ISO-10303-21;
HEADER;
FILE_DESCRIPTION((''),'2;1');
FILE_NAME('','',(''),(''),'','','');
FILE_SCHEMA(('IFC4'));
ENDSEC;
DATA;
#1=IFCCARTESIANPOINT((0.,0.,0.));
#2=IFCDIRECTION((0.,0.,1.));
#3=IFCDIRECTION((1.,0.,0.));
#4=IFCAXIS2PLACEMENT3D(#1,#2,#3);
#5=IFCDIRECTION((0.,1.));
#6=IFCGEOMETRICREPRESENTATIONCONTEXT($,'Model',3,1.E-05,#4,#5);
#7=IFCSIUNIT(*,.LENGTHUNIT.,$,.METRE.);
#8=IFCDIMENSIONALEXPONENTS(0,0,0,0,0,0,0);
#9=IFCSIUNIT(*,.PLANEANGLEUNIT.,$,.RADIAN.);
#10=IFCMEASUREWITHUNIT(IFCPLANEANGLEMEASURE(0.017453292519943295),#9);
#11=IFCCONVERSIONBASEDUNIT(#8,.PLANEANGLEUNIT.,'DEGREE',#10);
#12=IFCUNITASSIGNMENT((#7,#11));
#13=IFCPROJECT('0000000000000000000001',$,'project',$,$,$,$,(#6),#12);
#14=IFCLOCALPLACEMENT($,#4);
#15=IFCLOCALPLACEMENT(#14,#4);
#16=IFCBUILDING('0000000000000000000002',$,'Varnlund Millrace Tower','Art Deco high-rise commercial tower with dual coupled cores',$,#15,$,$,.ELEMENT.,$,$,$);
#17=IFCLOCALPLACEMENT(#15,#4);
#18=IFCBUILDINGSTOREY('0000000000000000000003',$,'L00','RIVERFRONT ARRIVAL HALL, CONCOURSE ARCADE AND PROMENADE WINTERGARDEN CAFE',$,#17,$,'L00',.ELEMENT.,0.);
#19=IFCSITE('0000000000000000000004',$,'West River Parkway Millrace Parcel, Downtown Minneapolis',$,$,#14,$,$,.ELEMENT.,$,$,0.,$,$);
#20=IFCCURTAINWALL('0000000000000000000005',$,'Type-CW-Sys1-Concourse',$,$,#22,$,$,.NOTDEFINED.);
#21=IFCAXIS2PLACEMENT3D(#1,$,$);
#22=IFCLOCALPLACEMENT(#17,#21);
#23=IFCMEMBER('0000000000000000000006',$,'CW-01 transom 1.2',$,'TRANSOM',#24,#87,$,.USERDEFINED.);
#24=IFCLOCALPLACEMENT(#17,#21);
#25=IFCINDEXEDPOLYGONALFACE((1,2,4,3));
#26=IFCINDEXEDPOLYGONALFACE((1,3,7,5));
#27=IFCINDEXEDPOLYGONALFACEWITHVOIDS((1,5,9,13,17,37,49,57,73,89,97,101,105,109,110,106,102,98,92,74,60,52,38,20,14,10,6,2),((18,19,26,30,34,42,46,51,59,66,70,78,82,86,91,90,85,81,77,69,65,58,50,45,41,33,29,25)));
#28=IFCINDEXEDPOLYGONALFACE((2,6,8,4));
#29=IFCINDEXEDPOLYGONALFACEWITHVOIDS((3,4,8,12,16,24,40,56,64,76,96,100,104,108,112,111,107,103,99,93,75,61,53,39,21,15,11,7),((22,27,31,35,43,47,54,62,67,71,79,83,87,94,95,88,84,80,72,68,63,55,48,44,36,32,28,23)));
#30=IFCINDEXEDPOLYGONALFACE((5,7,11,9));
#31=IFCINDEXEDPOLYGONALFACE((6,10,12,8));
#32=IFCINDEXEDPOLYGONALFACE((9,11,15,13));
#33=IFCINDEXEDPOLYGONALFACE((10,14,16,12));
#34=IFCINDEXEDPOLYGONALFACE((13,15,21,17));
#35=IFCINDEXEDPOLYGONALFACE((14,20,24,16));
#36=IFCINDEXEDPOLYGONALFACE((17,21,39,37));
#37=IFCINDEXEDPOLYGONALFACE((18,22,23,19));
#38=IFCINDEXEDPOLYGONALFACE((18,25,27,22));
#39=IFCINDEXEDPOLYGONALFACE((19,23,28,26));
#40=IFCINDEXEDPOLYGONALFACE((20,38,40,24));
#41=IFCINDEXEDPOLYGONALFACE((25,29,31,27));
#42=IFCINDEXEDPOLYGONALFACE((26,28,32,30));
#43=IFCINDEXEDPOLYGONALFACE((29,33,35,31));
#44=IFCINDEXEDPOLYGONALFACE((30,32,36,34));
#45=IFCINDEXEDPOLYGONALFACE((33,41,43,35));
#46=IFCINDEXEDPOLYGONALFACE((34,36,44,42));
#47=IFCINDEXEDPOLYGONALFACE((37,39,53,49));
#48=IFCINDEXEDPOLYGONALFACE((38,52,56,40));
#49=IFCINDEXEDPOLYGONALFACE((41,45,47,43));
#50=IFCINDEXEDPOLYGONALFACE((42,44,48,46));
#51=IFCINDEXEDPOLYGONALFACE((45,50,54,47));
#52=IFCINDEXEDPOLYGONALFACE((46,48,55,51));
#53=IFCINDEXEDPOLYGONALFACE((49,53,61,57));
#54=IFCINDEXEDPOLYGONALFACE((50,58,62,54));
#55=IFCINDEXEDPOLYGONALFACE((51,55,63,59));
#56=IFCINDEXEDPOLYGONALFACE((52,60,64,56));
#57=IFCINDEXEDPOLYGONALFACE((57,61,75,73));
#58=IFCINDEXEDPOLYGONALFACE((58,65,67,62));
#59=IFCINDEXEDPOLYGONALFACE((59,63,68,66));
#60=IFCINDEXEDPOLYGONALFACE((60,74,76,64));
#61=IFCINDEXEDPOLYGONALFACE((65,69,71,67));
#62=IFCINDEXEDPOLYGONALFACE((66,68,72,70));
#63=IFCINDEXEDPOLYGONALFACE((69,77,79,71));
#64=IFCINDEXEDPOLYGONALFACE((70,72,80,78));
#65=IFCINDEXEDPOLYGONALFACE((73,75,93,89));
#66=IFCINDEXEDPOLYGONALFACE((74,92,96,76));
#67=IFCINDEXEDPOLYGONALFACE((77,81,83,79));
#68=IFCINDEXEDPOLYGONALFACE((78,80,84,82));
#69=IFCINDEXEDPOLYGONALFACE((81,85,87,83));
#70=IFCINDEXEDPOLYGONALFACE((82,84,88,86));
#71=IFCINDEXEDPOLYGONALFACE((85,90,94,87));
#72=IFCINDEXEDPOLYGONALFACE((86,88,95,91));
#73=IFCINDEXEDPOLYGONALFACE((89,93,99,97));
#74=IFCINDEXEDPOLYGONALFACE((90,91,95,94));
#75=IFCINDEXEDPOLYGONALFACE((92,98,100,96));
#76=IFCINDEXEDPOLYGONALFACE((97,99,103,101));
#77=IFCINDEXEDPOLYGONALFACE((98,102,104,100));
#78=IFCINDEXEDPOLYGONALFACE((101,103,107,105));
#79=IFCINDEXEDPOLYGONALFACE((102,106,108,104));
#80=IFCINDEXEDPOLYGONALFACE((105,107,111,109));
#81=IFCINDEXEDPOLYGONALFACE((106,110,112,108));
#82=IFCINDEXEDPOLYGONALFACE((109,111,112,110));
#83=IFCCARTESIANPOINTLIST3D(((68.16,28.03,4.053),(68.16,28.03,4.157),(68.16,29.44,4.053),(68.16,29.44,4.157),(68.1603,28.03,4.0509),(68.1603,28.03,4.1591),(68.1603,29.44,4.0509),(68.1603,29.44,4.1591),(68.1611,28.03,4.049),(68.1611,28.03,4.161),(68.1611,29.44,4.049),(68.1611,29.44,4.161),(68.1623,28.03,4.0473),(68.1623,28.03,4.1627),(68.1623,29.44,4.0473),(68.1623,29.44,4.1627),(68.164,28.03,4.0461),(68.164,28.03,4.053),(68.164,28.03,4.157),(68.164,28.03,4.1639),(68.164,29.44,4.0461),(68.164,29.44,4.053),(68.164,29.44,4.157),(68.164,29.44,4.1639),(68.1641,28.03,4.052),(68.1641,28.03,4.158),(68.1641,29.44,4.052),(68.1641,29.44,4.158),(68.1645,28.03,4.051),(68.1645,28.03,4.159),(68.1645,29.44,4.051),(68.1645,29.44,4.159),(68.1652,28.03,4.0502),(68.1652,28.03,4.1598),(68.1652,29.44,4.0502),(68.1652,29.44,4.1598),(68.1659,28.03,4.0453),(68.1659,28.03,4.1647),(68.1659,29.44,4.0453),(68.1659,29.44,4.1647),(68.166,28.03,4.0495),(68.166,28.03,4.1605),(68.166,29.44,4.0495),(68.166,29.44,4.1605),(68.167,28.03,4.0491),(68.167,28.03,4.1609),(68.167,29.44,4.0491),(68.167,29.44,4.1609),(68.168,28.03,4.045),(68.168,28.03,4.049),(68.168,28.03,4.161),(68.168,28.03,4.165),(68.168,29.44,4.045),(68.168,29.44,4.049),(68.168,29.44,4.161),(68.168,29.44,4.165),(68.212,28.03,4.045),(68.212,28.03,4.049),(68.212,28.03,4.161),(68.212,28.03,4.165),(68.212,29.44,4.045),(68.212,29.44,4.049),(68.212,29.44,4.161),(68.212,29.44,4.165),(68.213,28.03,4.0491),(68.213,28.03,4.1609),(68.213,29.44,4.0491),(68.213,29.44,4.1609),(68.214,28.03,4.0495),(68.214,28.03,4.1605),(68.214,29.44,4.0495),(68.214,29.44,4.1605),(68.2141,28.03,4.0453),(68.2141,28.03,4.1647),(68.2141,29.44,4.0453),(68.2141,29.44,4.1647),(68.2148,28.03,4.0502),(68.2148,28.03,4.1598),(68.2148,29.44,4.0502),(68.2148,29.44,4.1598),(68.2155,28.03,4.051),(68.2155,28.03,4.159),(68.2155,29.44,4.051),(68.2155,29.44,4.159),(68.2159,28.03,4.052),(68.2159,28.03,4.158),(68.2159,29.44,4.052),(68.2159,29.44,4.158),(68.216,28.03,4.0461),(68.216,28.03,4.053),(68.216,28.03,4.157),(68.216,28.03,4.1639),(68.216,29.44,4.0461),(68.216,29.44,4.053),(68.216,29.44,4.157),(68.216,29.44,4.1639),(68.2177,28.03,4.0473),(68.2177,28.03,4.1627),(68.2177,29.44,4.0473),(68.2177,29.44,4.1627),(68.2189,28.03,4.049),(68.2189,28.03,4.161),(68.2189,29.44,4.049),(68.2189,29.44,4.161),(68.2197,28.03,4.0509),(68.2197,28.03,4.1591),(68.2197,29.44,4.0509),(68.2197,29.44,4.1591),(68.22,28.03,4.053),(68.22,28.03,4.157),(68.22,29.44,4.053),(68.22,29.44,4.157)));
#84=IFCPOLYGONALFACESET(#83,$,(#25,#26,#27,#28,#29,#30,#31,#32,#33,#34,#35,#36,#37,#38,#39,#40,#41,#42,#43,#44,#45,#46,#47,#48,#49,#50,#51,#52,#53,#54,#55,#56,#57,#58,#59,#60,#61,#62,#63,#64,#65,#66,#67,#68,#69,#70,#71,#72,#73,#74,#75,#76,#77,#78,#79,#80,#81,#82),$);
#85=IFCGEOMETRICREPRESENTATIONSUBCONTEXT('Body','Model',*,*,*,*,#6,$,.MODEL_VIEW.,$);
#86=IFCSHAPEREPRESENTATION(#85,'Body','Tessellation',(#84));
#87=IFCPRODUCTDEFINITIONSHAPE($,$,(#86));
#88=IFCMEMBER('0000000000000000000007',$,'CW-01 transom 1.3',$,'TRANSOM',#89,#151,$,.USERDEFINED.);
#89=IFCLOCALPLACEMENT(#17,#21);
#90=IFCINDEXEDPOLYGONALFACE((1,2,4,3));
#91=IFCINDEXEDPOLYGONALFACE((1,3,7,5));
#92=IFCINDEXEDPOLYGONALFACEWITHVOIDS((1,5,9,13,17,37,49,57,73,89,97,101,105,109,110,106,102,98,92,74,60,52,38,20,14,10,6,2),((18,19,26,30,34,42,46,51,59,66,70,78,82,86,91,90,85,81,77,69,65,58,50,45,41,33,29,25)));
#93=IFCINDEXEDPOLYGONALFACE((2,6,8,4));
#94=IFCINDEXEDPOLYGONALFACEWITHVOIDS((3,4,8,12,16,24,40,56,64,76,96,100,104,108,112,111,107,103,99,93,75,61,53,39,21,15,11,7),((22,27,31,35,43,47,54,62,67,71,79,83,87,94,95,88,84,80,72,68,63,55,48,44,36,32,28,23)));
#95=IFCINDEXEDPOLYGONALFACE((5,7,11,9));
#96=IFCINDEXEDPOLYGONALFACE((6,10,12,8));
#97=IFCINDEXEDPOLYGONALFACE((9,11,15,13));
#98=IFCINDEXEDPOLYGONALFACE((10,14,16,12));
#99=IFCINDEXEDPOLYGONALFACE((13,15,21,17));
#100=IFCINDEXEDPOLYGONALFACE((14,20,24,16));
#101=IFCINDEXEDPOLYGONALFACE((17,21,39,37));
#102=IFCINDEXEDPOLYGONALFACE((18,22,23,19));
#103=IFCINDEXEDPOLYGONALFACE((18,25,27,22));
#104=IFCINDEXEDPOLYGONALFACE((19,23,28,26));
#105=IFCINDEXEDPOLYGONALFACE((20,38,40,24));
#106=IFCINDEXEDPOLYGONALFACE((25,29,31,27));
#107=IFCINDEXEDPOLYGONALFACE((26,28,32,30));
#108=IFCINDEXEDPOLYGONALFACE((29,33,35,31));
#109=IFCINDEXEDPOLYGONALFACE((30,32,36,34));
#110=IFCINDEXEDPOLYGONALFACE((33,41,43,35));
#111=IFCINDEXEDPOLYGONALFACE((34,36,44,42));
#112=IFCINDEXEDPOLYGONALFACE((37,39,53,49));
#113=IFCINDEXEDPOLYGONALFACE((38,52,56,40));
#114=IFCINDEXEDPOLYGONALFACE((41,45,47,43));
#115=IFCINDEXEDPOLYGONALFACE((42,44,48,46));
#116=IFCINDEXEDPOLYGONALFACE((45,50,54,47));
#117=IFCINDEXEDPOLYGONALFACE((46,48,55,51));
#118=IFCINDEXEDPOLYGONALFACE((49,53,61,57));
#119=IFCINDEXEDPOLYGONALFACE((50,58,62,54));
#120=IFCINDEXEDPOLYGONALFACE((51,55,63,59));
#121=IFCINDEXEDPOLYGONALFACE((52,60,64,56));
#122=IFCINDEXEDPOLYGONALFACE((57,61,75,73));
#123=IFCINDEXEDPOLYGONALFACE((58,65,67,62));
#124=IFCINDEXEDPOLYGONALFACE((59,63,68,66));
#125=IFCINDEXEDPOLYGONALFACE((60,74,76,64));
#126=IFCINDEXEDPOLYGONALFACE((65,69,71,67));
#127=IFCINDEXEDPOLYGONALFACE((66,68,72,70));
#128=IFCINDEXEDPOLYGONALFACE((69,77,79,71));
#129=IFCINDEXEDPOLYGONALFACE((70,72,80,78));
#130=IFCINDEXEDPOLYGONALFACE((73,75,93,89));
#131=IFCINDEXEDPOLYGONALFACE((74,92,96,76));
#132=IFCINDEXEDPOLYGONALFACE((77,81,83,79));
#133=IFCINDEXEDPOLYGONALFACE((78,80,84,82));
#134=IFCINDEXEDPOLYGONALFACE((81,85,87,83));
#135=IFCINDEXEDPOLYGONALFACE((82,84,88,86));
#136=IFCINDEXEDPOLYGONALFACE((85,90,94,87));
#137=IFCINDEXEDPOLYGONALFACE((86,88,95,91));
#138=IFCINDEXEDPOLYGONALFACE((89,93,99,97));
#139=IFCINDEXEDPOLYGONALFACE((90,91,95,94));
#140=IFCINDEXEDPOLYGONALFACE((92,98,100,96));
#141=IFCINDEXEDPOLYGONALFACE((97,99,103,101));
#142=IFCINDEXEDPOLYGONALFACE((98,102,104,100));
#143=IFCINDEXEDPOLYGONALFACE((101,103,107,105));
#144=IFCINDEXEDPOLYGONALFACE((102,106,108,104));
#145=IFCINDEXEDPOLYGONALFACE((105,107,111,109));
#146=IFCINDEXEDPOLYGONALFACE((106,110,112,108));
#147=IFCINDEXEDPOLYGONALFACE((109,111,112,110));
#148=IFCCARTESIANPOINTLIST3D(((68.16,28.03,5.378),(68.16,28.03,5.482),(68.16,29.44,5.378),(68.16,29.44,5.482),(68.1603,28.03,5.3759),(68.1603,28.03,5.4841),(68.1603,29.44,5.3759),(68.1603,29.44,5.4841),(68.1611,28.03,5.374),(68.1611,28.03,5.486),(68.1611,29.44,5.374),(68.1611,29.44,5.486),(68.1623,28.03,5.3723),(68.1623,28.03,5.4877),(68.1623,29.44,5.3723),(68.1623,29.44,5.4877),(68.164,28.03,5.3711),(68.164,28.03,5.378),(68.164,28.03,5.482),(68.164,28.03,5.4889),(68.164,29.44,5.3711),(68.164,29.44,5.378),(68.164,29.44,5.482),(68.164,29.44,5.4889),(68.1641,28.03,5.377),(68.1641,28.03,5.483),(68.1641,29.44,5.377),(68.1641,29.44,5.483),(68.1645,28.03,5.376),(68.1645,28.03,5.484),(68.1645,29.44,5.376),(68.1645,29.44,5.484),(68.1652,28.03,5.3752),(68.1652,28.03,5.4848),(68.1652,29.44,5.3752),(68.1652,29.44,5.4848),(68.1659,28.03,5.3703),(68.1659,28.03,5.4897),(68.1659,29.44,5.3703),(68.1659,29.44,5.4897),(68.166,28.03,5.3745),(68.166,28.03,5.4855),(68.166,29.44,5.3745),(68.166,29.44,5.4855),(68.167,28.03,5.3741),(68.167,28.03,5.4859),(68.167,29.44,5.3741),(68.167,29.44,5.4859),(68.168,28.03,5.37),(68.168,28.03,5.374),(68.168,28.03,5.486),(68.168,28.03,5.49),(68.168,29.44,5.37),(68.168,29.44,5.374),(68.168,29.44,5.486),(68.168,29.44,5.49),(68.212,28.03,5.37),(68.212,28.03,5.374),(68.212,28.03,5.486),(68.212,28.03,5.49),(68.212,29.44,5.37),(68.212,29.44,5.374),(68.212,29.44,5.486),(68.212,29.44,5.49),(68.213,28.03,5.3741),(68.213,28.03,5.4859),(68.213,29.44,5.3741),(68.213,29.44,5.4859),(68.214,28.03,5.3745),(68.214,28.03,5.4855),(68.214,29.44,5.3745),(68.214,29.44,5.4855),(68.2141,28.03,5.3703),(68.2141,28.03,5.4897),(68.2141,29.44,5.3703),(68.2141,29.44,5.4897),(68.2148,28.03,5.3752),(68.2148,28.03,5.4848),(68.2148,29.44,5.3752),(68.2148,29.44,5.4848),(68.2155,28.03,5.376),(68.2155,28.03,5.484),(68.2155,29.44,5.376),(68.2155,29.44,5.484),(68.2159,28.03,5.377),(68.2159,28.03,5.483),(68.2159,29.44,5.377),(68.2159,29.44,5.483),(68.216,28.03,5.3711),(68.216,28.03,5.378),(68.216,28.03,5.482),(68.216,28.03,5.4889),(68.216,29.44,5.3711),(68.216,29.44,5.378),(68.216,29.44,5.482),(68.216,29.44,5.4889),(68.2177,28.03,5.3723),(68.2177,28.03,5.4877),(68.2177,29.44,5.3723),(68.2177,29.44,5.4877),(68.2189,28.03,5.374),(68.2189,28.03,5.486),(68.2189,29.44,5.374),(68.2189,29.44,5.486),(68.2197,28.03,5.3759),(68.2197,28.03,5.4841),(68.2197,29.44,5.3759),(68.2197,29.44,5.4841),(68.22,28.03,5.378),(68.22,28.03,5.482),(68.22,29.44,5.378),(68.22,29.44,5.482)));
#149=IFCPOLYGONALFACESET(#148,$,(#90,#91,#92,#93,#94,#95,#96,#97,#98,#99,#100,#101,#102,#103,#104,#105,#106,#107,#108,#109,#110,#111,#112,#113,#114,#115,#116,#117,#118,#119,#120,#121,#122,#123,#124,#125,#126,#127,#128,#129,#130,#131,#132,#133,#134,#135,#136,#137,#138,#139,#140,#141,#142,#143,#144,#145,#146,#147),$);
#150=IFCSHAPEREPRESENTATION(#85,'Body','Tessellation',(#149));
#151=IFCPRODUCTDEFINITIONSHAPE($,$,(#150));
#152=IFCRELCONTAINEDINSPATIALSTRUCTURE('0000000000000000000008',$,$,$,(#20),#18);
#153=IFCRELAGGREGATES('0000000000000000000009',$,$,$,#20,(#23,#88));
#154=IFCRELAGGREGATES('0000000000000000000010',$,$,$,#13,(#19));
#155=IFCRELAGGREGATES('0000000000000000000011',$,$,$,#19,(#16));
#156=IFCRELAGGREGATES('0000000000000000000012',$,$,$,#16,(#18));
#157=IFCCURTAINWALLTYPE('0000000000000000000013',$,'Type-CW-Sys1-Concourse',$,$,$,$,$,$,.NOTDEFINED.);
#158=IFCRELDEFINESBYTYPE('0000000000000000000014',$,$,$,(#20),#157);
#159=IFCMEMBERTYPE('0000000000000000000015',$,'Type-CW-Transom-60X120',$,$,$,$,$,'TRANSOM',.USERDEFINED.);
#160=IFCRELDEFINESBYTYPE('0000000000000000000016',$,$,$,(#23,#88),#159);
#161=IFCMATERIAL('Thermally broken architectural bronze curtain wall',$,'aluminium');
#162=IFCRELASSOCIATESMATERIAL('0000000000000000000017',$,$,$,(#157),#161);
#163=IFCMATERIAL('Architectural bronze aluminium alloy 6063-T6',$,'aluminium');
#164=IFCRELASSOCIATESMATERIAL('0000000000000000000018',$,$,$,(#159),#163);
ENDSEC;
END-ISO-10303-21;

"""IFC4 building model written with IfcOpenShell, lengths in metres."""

from ifc_helpers import new_model, entity, si_unit, converted_unit, direction, frame, origin_with_axes, origin_2d_with_axis, place, context, subcontext, project, spatial, hollow_rectangle, extrude, material, material_profile, profile_set, type_object, element, aggregate, save


model = new_model("IFC4")

# Units and contexts
model_context = context("Model", 3, precision=1e-05, world=origin_with_axes(), true_north=direction((0.0, 1.0)))
body_context = subcontext(model_context, "Body", "Model", "MODEL_VIEW")
ifc_project = project(units=[si_unit("LENGTHUNIT", "METRE"), converted_unit("PLANEANGLEUNIT", "DEGREE", entity("IfcPlaneAngleMeasure", 0.017453292519943295), si_unit("PLANEANGLEUNIT", "RADIAN"), dimensions=[0, 0, 0, 0, 0, 0, 0])], contexts=[model_context])

# Site, building, storey
site_placement = place(None, origin_with_axes())
site = spatial("IfcSite", under=ifc_project, at=site_placement, Name="West River Parkway Millrace Parcel, Downtown Minneapolis", CompositionType="ELEMENT", RefElevation=0.0)
building_placement = place(site_placement, origin_with_axes())
building = spatial("IfcBuilding", under=site, at=building_placement, Name="Varnlund Millrace Tower", Description="Art Deco high-rise commercial tower with dual coupled cores", CompositionType="ELEMENT")
storey_placement = place(building_placement, origin_with_axes())
storey = spatial("IfcBuildingStorey", under=building, at=storey_placement, Name="L00", Description="RIVERFRONT ARRIVAL HALL, CONCOURSE ARCADE AND PROMENADE WINTERGARDEN CAFE", LongName="L00", CompositionType="ELEMENT", Elevation=0.0)

# Curtain wall
ifc_material_1 = material(Name="Thermally broken architectural bronze curtain wall", Category="aluminium")
curtain_wall_type = type_object("IfcCurtainWallType", Name="Type-CW-Sys1-Concourse", PredefinedType="NOTDEFINED", material=ifc_material_1)
curtain_wall_1_placement = place(storey_placement, frame((68.19, 29.5, 2.75), z_axis=(0.0, 0.0, 1.0), x_axis=(1.0, 0.0, 0.0)))
curtain_wall_1 = element("IfcCurtainWall", 1, at=curtain_wall_1_placement, inside=storey, type_object=curtain_wall_type, Name="Type-CW-Sys1-Concourse", PredefinedType="NOTDEFINED")
ifc_material_2 = material(Name="Architectural bronze aluminium alloy 6063-T6", Category="aluminium")

# Members
ifc_material_profile_1 = material_profile(ifc_material_2, hollow_rectangle(XDim=0.06, YDim=0.12, WallThickness=0.004, InnerFilletRadius=0.004, OuterFilletRadius=0.008, at=origin_2d_with_axis()), Name="Architectural bronze aluminium alloy 6063-T6")
ifc_profile_set_1 = profile_set([ifc_material_profile_1], Name="Architectural bronze aluminium alloy 6063-T6")
member_type_1 = type_object("IfcMemberType", Name="Type-CW-Transom-60X120", ElementType="TRANSOM", PredefinedType="USERDEFINED", material=ifc_profile_set_1)
member_1_placement = place(storey_placement, frame((68.19, 29.44, 4.105), z_axis=(0.0, -1.0, 0.0), x_axis=(1.0, 0.0, 0.0)))
member_1 = element("IfcMember", 2, at=member_1_placement, type_object=member_type_1, Name="CW-01 transom 1.2", ObjectType="TRANSOM", PredefinedType="USERDEFINED", context=body_context, shape_type="SweptSolid", body=[
    extrude(hollow_rectangle(XDim=0.06, YDim=0.12, WallThickness=0.004, InnerFilletRadius=0.004, OuterFilletRadius=0.008, at=origin_2d_with_axis()), origin_with_axes(), (0.0, 0.0, 1.0), 1.41),
])
member_2_placement = place(storey_placement, frame((68.19, 29.44, 5.43), z_axis=(0.0, -1.0, 0.0), x_axis=(1.0, 0.0, 0.0)))
member_2 = element("IfcMember", 3, at=member_2_placement, type_object=member_type_1, Name="CW-01 transom 1.3", ObjectType="TRANSOM", PredefinedType="USERDEFINED", context=body_context, shape_type="SweptSolid", body=[
    extrude(hollow_rectangle(XDim=0.06, YDim=0.12, WallThickness=0.004, InnerFilletRadius=0.004, OuterFilletRadius=0.008, at=origin_2d_with_axis()), origin_with_axes(), (0.0, 0.0, 1.0), 1.41),
])

aggregate(curtain_wall_1, [member_1, member_2])

save(model, "model.ifc")
